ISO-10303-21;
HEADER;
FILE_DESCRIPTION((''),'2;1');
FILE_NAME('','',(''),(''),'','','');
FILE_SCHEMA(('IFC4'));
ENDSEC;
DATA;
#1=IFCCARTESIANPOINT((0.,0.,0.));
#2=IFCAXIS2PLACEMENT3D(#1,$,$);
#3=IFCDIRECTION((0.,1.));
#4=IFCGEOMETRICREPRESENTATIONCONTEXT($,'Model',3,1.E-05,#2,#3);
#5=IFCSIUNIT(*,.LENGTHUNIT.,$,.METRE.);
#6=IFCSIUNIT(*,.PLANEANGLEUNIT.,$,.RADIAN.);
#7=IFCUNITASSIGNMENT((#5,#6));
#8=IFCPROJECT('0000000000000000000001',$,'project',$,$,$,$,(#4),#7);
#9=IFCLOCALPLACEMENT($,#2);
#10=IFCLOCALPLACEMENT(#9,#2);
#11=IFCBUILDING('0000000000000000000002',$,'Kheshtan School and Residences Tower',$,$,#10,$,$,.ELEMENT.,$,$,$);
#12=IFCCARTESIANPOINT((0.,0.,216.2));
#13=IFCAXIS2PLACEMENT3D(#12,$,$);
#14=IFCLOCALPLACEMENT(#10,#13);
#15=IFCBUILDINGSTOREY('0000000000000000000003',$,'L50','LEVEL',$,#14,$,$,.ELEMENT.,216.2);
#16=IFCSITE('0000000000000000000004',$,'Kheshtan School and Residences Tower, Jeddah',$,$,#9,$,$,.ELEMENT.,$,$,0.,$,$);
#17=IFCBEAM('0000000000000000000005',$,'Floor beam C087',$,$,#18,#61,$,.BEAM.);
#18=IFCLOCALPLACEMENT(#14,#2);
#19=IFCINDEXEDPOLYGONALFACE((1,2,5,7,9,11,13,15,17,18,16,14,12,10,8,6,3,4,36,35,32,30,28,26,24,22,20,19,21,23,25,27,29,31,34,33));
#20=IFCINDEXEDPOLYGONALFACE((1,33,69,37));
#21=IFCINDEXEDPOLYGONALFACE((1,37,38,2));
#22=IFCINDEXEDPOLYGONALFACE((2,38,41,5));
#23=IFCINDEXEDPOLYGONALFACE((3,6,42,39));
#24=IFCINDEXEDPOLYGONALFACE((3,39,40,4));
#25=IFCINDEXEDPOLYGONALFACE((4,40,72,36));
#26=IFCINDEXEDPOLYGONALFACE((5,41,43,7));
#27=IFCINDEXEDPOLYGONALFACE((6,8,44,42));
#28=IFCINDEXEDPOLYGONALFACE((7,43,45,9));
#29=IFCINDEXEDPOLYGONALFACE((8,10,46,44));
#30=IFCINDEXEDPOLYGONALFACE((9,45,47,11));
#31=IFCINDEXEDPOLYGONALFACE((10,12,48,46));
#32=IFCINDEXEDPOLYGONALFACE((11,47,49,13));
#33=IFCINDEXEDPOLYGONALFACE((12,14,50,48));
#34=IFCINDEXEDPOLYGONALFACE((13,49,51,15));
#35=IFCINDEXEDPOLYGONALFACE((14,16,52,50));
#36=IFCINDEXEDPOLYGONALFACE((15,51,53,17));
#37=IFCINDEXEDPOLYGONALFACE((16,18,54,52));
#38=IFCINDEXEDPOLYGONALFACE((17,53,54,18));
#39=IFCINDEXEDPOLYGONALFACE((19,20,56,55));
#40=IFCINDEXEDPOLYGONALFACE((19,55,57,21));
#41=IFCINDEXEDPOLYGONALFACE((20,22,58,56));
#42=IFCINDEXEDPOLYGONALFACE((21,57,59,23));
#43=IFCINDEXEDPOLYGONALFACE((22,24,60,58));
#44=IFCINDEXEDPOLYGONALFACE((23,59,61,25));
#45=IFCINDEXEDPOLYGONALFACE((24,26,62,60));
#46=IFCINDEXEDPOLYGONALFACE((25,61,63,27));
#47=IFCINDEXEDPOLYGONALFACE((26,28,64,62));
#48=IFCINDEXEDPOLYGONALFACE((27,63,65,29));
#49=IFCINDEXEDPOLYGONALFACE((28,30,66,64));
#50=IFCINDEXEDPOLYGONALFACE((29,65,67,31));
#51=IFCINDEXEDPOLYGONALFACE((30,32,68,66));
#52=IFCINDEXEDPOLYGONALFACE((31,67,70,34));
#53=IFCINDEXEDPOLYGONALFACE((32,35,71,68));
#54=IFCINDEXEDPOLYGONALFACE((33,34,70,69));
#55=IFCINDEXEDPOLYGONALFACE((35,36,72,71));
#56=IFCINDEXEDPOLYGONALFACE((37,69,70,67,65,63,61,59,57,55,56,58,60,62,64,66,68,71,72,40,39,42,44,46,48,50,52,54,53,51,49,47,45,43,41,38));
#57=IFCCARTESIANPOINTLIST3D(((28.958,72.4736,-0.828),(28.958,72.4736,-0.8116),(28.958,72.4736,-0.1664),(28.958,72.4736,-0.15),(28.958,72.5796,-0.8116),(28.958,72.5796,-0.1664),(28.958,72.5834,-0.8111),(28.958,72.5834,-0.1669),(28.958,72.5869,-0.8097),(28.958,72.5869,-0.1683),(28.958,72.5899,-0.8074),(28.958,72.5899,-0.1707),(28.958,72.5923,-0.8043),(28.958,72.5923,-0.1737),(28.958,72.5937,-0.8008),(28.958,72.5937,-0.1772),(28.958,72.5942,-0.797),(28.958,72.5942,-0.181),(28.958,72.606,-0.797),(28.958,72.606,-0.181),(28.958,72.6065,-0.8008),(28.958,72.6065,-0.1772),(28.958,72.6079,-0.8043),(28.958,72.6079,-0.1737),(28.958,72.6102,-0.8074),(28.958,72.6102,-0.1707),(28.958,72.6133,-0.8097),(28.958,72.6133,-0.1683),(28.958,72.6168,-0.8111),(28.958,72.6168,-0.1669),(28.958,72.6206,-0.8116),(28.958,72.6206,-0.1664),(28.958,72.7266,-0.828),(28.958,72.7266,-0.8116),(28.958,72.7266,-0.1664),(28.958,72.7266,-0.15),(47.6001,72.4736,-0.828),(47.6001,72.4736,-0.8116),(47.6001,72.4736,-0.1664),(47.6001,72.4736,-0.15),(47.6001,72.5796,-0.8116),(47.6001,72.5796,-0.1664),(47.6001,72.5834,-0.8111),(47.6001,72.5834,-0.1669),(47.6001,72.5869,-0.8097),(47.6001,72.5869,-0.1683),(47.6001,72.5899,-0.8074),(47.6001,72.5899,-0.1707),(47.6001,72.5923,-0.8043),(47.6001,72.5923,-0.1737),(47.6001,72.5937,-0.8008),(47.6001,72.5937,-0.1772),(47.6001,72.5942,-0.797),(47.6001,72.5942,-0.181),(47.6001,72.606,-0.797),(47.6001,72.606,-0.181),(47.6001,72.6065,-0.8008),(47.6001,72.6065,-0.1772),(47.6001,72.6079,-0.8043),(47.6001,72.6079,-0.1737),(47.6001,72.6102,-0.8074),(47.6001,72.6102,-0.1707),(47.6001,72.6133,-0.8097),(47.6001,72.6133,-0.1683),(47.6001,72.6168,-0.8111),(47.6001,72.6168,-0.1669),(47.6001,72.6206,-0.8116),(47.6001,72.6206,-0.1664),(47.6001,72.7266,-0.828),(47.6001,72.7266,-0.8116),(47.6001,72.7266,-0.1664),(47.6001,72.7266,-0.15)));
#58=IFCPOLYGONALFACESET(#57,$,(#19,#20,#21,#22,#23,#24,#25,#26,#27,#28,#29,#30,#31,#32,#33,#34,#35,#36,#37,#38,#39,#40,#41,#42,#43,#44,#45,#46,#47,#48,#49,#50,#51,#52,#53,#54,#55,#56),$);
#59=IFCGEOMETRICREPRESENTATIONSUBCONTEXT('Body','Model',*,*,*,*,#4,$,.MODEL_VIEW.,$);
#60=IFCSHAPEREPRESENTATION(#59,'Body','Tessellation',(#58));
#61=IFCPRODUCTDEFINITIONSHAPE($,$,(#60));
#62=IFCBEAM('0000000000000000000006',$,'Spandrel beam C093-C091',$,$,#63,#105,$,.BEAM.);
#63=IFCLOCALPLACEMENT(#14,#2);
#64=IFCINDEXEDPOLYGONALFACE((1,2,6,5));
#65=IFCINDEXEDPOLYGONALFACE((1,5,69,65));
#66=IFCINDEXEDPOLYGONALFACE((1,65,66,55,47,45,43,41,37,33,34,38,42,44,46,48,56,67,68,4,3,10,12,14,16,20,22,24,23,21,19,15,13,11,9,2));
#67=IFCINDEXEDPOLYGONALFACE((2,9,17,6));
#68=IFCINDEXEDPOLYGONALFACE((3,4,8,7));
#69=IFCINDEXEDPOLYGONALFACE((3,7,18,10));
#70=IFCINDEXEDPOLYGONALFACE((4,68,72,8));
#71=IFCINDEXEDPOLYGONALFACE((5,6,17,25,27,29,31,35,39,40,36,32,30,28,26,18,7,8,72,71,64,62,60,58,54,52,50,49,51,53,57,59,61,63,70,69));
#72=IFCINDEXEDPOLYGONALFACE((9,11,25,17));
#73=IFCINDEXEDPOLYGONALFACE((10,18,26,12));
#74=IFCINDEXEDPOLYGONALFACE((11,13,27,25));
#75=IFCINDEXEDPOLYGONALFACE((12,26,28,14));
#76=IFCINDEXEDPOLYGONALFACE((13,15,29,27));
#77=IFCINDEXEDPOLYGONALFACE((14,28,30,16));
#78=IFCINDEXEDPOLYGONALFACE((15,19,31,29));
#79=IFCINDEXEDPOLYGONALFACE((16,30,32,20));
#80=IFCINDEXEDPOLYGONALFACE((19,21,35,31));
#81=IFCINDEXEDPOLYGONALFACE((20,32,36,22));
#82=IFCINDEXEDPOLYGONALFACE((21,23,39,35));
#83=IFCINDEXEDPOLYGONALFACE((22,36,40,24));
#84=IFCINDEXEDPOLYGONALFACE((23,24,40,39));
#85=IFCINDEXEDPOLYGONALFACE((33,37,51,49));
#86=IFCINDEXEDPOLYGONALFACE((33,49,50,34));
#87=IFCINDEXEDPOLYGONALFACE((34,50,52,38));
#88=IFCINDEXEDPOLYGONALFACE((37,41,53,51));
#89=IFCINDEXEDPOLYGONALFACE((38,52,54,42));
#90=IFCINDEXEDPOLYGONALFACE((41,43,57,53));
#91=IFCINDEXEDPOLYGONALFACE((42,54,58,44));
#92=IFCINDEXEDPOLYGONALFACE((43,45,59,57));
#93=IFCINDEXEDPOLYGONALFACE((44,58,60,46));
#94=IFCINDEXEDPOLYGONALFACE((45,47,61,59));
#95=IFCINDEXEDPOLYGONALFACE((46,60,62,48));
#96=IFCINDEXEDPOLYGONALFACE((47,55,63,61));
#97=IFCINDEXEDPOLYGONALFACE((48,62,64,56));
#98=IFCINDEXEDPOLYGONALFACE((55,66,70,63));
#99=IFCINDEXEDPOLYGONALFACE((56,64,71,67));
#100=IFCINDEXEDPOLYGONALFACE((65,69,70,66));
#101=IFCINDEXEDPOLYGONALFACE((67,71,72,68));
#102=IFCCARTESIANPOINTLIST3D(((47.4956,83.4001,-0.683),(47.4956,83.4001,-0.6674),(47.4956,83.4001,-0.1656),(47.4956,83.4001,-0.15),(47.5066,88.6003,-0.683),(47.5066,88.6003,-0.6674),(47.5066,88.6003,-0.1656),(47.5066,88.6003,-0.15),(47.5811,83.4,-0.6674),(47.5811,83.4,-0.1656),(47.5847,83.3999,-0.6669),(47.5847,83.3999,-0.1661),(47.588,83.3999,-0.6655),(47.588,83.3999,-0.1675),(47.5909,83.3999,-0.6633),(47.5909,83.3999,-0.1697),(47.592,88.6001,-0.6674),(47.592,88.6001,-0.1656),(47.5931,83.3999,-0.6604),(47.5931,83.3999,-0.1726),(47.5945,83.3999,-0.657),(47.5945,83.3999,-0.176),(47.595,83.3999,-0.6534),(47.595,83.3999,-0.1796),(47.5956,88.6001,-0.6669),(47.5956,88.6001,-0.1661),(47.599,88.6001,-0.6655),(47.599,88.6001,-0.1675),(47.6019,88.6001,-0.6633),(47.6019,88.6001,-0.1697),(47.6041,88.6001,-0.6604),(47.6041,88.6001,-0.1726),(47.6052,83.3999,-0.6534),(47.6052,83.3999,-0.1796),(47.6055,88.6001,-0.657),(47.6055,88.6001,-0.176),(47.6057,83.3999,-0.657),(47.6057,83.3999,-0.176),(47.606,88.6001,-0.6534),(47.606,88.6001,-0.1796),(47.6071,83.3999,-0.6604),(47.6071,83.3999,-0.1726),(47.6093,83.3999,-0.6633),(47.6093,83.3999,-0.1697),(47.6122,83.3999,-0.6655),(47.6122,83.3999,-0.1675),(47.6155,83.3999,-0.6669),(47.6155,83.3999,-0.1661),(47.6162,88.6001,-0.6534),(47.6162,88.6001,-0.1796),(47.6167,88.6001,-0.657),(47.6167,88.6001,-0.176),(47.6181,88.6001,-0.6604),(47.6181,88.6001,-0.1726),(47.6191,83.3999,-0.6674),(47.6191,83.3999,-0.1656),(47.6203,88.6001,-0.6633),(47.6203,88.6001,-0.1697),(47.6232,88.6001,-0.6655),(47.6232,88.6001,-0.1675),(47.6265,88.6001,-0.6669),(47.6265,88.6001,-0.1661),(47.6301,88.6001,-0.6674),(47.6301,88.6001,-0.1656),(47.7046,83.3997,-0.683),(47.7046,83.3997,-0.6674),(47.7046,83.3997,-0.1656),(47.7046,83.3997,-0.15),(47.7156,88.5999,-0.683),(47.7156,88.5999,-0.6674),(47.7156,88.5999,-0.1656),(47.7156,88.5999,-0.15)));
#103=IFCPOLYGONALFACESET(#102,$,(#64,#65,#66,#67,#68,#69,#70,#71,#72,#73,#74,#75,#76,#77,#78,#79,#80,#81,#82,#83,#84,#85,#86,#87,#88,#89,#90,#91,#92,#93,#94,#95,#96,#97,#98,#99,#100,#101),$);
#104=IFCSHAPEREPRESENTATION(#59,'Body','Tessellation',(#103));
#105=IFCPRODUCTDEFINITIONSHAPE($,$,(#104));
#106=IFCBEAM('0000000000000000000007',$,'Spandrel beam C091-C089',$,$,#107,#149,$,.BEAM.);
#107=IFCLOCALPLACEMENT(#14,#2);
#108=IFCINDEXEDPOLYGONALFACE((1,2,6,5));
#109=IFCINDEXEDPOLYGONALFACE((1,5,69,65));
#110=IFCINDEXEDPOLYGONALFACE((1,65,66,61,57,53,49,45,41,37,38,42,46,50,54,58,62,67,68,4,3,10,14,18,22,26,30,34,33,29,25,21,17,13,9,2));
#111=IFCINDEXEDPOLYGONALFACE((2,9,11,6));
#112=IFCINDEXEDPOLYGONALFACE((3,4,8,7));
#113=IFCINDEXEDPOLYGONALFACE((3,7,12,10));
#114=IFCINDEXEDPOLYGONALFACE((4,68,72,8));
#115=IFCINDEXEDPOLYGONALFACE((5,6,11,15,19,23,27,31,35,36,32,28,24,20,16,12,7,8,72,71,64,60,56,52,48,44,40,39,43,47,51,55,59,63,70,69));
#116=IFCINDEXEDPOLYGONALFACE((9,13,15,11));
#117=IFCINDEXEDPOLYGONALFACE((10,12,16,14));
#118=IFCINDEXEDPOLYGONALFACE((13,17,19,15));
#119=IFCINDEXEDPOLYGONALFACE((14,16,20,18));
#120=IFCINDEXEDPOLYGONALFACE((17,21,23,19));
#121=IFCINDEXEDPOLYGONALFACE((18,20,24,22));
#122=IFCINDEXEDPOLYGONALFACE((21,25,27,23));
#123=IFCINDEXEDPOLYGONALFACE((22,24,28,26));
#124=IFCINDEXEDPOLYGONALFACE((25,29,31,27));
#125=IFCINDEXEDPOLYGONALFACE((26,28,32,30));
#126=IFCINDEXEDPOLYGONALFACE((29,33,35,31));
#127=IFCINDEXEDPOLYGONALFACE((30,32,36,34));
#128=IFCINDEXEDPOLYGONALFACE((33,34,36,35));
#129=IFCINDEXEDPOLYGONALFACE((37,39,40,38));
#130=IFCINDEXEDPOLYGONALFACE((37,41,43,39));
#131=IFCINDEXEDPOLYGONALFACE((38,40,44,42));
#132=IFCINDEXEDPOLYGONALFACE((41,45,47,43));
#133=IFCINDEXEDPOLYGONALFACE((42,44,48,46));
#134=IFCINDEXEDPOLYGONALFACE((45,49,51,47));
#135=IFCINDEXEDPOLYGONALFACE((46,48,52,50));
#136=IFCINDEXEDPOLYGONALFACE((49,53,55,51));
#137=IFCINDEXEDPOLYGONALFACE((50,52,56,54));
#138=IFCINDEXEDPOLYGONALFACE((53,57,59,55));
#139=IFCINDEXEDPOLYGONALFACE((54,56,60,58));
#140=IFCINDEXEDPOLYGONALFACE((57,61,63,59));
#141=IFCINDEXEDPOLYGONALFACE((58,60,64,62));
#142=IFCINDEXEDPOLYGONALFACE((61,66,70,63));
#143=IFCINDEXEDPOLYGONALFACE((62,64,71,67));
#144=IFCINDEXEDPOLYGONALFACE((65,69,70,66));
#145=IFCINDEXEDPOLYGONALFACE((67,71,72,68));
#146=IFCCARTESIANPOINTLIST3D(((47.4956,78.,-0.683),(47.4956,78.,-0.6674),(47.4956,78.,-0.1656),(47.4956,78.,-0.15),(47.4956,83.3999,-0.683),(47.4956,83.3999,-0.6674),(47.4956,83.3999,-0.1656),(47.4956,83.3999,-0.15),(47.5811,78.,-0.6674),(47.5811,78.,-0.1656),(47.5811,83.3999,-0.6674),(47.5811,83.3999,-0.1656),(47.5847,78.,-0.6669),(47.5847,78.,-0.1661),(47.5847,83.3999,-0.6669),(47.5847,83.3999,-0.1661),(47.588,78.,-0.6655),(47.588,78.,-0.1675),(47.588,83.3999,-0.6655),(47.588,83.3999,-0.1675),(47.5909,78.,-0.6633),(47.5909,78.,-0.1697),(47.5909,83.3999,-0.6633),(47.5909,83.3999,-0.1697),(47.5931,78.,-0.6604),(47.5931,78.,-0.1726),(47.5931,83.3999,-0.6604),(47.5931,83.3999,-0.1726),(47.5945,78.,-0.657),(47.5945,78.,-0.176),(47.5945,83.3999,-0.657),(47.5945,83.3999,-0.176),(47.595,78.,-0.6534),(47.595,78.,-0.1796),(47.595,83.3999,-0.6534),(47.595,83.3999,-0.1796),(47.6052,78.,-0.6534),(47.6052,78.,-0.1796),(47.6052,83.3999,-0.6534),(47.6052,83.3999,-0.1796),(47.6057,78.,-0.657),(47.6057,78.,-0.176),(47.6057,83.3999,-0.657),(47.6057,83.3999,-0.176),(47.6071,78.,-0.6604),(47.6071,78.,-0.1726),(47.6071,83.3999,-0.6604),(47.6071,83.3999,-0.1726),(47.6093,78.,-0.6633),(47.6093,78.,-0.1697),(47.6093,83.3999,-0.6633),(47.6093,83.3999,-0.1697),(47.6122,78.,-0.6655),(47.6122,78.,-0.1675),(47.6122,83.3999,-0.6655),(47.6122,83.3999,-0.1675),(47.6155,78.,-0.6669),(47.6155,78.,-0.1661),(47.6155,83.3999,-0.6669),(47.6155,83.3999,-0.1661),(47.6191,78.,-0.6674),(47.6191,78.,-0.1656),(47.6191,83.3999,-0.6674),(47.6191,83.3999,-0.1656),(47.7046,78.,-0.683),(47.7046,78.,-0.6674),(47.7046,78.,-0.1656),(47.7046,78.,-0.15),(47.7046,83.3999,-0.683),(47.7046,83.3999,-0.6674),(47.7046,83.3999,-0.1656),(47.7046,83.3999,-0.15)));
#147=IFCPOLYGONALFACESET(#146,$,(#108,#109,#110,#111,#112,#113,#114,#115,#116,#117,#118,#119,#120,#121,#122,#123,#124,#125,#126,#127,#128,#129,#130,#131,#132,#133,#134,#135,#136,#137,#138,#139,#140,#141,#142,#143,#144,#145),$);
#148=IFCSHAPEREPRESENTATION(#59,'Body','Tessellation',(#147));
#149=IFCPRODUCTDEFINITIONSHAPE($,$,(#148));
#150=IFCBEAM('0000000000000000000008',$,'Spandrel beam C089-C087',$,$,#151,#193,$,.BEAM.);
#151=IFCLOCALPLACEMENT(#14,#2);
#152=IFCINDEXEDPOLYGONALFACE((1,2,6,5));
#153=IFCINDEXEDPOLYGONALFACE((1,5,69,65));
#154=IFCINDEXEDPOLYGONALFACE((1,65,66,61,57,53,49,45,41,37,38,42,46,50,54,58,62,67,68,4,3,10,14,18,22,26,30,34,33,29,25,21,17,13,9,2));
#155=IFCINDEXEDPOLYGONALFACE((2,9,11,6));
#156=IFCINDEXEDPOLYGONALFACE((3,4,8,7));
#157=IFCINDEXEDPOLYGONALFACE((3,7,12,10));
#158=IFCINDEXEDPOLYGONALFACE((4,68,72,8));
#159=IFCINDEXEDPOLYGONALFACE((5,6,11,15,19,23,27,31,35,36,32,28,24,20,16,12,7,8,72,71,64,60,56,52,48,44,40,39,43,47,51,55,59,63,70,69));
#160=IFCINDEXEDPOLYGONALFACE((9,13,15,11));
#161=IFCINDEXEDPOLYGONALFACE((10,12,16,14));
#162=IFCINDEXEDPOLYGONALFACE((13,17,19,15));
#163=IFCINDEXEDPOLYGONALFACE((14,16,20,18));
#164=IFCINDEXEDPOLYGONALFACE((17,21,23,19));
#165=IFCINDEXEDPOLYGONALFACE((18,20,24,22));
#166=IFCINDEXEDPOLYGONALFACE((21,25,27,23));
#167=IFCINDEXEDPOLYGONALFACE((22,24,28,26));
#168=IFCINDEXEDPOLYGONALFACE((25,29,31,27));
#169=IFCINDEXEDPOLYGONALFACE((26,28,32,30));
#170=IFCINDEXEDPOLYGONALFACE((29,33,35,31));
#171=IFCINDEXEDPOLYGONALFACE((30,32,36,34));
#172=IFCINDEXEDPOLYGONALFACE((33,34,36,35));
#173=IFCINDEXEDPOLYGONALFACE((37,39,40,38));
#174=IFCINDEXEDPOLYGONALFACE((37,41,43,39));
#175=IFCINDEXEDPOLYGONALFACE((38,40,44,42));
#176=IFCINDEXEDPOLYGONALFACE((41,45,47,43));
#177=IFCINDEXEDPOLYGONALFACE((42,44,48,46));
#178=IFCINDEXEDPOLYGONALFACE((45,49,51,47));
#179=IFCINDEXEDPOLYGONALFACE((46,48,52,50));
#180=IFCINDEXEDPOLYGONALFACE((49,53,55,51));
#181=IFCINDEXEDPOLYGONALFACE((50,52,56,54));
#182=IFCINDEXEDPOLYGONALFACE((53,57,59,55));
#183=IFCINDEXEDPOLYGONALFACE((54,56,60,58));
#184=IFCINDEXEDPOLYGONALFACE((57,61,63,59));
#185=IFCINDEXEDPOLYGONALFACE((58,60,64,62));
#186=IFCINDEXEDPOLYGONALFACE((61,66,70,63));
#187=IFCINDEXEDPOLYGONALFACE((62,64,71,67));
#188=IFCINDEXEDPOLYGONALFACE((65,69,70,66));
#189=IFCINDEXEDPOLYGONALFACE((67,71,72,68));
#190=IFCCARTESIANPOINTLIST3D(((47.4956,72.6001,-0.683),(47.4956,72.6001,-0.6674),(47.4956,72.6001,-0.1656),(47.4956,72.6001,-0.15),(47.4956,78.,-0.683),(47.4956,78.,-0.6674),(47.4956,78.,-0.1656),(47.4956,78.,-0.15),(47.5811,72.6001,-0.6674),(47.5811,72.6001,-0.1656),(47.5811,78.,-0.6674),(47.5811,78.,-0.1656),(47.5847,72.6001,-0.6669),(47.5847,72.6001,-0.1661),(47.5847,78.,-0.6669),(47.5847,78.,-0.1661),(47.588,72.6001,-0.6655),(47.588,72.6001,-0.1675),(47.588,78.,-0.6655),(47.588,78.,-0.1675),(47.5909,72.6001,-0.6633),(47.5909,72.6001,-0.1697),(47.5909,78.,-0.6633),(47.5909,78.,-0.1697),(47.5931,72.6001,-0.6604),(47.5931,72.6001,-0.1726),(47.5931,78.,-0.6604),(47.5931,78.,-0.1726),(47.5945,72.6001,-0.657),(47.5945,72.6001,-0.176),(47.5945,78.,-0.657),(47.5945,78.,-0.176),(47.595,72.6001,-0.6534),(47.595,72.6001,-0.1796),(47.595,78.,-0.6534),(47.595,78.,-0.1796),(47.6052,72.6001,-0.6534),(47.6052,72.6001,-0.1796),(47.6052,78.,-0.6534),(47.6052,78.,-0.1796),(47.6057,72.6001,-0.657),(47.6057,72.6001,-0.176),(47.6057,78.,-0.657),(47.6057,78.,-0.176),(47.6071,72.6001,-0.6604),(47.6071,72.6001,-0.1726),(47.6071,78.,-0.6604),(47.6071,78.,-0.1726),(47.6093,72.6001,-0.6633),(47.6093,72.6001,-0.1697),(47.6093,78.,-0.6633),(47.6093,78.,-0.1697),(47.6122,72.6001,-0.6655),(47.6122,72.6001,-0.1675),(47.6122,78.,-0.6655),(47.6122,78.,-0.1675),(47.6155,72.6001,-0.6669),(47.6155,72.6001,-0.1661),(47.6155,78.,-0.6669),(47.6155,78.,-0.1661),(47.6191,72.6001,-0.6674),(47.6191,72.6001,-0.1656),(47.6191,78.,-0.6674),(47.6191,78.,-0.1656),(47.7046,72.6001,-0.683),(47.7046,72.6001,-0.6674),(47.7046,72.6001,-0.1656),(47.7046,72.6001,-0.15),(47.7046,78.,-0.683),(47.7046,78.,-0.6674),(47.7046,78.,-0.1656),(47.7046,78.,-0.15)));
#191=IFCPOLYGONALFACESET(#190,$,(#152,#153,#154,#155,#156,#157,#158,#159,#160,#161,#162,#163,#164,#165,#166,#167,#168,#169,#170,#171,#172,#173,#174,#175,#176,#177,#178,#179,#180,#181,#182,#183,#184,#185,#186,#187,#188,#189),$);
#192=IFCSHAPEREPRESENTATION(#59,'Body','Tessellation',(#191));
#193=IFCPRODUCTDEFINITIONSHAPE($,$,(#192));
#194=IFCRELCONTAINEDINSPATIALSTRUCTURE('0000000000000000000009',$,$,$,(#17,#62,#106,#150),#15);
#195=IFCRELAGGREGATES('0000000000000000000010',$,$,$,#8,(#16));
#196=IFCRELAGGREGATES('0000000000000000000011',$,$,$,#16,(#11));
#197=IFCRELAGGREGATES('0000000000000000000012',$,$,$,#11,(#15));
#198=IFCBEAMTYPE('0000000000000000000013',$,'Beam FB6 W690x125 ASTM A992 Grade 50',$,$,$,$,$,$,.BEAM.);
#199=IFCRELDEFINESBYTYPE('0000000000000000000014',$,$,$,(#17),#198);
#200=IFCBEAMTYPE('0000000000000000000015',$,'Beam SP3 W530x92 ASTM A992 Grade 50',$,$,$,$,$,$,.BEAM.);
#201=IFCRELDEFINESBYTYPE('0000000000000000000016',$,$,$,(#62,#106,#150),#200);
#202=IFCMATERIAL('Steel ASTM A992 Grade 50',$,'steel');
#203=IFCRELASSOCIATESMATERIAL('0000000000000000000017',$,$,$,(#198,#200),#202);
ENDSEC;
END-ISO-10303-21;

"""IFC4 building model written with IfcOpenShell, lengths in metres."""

from ifc_helpers import new_model, si_unit, direction, frame, origin, origin_2d, place, context, subcontext, project, spatial, i_section, extrude, material, material_profile, profile_set, type_object, element, save


model = new_model("IFC4")

# Units and contexts
model_context = context("Model", 3, precision=1e-05, world=origin(), true_north=direction((0.0, 1.0)))
body_context = subcontext(model_context, "Body", "Model", "MODEL_VIEW")
ifc_project = project(units=[si_unit("LENGTHUNIT", "METRE"), si_unit("PLANEANGLEUNIT", "RADIAN")], contexts=[model_context])

# Site, building, storey
site_placement = place(None, origin())
site = spatial("IfcSite", under=ifc_project, at=site_placement, Name="Kheshtan School and Residences Tower, Jeddah", CompositionType="ELEMENT", RefElevation=0.0)
building_placement = place(site_placement, origin())
building = spatial("IfcBuilding", under=site, at=building_placement, Name="Kheshtan School and Residences Tower", CompositionType="ELEMENT")
storey_placement = place(building_placement, frame((0.0, 0.0, 216.2)))
storey = spatial("IfcBuildingStorey", under=building, at=storey_placement, Name="L50", Description="LEVEL", CompositionType="ELEMENT", Elevation=216.2)

# Shared definitions
ifc_material_1 = material(Name="Steel ASTM A992 Grade 50", Category="steel")

# Beams
ifc_material_profile_1 = material_profile(ifc_material_1, i_section(OverallWidth=0.2529, OverallDepth=0.678, WebThickness=0.0117, FlangeThickness=0.0164, FilletRadius=0.0146, at=origin_2d()), Name="W690x125")
ifc_profile_set_1 = profile_set([ifc_material_profile_1], Name="Steel ASTM A992 Grade 50")
beam_type_1 = type_object("IfcBeamType", Name="Beam FB6 W690x125 ASTM A992 Grade 50", PredefinedType="BEAM", material=ifc_profile_set_1)
beam_1_placement = place(storey_placement, frame((47.6001, 72.6001, -0.489), z_axis=(-1.0, 0.0, 0.0), x_axis=(0.0, -1.0, 0.0)))
element("IfcBeam", 1, at=beam_1_placement, inside=storey, type_object=beam_type_1, Name="Floor beam C087", PredefinedType="BEAM", context=body_context, shape_type="SweptSolid", body=[
    extrude(i_section(OverallWidth=0.2529, OverallDepth=0.678, WebThickness=0.0117, FlangeThickness=0.0164, FilletRadius=0.0146, at=origin_2d()), origin(), (0.0, 0.0, 1.0), 18.6421),
])
ifc_material_profile_2 = material_profile(ifc_material_1, i_section(OverallWidth=0.209, OverallDepth=0.533, WebThickness=0.0103, FlangeThickness=0.0156, FilletRadius=0.0139, at=origin_2d()), Name="W530x92")
ifc_profile_set_2 = profile_set([ifc_material_profile_2], Name="Steel ASTM A992 Grade 50")
beam_type_2 = type_object("IfcBeamType", Name="Beam SP3 W530x92 ASTM A992 Grade 50", PredefinedType="BEAM", material=ifc_profile_set_2)
beam_2_placement = place(storey_placement, frame((47.6111, 88.6001, -0.4165), z_axis=(-0.002113, -0.999998, 0.0), x_axis=(0.999998, -0.002113, 0.0)))
element("IfcBeam", 2, at=beam_2_placement, inside=storey, type_object=beam_type_2, Name="Spandrel beam C093-C091", PredefinedType="BEAM", context=body_context, shape_type="SweptSolid", body=[
    extrude(i_section(OverallWidth=0.209, OverallDepth=0.533, WebThickness=0.0103, FlangeThickness=0.0156, FilletRadius=0.0139, at=origin_2d()), origin(), (0.0, 0.0, 1.0), 5.2002),
])
for number, where, z_axis, x_axis, name in (
    (3, (47.6001, 83.3999, -0.4165), (0.0, -1.0, 0.0), (1.0, 0.0, 0.0), "Spandrel beam C091-C089"),
    (4, (47.6001, 78.0, -0.4165), (0.0, -1.0, 0.0), (1.0, 0.0, 0.0), "Spandrel beam C089-C087"),
):
    element("IfcBeam", number, at=place(storey_placement, frame(where, z_axis=z_axis, x_axis=x_axis)), inside=storey, type_object=beam_type_2, Name=name, PredefinedType="BEAM", context=body_context, shape_type="SweptSolid", body=[
        extrude(i_section(OverallWidth=0.209, OverallDepth=0.533, WebThickness=0.0103, FlangeThickness=0.0156, FilletRadius=0.0139, at=origin_2d()), origin(), (0.0, 0.0, 1.0), 5.3999),
    ])

save(model, "model.ifc")
